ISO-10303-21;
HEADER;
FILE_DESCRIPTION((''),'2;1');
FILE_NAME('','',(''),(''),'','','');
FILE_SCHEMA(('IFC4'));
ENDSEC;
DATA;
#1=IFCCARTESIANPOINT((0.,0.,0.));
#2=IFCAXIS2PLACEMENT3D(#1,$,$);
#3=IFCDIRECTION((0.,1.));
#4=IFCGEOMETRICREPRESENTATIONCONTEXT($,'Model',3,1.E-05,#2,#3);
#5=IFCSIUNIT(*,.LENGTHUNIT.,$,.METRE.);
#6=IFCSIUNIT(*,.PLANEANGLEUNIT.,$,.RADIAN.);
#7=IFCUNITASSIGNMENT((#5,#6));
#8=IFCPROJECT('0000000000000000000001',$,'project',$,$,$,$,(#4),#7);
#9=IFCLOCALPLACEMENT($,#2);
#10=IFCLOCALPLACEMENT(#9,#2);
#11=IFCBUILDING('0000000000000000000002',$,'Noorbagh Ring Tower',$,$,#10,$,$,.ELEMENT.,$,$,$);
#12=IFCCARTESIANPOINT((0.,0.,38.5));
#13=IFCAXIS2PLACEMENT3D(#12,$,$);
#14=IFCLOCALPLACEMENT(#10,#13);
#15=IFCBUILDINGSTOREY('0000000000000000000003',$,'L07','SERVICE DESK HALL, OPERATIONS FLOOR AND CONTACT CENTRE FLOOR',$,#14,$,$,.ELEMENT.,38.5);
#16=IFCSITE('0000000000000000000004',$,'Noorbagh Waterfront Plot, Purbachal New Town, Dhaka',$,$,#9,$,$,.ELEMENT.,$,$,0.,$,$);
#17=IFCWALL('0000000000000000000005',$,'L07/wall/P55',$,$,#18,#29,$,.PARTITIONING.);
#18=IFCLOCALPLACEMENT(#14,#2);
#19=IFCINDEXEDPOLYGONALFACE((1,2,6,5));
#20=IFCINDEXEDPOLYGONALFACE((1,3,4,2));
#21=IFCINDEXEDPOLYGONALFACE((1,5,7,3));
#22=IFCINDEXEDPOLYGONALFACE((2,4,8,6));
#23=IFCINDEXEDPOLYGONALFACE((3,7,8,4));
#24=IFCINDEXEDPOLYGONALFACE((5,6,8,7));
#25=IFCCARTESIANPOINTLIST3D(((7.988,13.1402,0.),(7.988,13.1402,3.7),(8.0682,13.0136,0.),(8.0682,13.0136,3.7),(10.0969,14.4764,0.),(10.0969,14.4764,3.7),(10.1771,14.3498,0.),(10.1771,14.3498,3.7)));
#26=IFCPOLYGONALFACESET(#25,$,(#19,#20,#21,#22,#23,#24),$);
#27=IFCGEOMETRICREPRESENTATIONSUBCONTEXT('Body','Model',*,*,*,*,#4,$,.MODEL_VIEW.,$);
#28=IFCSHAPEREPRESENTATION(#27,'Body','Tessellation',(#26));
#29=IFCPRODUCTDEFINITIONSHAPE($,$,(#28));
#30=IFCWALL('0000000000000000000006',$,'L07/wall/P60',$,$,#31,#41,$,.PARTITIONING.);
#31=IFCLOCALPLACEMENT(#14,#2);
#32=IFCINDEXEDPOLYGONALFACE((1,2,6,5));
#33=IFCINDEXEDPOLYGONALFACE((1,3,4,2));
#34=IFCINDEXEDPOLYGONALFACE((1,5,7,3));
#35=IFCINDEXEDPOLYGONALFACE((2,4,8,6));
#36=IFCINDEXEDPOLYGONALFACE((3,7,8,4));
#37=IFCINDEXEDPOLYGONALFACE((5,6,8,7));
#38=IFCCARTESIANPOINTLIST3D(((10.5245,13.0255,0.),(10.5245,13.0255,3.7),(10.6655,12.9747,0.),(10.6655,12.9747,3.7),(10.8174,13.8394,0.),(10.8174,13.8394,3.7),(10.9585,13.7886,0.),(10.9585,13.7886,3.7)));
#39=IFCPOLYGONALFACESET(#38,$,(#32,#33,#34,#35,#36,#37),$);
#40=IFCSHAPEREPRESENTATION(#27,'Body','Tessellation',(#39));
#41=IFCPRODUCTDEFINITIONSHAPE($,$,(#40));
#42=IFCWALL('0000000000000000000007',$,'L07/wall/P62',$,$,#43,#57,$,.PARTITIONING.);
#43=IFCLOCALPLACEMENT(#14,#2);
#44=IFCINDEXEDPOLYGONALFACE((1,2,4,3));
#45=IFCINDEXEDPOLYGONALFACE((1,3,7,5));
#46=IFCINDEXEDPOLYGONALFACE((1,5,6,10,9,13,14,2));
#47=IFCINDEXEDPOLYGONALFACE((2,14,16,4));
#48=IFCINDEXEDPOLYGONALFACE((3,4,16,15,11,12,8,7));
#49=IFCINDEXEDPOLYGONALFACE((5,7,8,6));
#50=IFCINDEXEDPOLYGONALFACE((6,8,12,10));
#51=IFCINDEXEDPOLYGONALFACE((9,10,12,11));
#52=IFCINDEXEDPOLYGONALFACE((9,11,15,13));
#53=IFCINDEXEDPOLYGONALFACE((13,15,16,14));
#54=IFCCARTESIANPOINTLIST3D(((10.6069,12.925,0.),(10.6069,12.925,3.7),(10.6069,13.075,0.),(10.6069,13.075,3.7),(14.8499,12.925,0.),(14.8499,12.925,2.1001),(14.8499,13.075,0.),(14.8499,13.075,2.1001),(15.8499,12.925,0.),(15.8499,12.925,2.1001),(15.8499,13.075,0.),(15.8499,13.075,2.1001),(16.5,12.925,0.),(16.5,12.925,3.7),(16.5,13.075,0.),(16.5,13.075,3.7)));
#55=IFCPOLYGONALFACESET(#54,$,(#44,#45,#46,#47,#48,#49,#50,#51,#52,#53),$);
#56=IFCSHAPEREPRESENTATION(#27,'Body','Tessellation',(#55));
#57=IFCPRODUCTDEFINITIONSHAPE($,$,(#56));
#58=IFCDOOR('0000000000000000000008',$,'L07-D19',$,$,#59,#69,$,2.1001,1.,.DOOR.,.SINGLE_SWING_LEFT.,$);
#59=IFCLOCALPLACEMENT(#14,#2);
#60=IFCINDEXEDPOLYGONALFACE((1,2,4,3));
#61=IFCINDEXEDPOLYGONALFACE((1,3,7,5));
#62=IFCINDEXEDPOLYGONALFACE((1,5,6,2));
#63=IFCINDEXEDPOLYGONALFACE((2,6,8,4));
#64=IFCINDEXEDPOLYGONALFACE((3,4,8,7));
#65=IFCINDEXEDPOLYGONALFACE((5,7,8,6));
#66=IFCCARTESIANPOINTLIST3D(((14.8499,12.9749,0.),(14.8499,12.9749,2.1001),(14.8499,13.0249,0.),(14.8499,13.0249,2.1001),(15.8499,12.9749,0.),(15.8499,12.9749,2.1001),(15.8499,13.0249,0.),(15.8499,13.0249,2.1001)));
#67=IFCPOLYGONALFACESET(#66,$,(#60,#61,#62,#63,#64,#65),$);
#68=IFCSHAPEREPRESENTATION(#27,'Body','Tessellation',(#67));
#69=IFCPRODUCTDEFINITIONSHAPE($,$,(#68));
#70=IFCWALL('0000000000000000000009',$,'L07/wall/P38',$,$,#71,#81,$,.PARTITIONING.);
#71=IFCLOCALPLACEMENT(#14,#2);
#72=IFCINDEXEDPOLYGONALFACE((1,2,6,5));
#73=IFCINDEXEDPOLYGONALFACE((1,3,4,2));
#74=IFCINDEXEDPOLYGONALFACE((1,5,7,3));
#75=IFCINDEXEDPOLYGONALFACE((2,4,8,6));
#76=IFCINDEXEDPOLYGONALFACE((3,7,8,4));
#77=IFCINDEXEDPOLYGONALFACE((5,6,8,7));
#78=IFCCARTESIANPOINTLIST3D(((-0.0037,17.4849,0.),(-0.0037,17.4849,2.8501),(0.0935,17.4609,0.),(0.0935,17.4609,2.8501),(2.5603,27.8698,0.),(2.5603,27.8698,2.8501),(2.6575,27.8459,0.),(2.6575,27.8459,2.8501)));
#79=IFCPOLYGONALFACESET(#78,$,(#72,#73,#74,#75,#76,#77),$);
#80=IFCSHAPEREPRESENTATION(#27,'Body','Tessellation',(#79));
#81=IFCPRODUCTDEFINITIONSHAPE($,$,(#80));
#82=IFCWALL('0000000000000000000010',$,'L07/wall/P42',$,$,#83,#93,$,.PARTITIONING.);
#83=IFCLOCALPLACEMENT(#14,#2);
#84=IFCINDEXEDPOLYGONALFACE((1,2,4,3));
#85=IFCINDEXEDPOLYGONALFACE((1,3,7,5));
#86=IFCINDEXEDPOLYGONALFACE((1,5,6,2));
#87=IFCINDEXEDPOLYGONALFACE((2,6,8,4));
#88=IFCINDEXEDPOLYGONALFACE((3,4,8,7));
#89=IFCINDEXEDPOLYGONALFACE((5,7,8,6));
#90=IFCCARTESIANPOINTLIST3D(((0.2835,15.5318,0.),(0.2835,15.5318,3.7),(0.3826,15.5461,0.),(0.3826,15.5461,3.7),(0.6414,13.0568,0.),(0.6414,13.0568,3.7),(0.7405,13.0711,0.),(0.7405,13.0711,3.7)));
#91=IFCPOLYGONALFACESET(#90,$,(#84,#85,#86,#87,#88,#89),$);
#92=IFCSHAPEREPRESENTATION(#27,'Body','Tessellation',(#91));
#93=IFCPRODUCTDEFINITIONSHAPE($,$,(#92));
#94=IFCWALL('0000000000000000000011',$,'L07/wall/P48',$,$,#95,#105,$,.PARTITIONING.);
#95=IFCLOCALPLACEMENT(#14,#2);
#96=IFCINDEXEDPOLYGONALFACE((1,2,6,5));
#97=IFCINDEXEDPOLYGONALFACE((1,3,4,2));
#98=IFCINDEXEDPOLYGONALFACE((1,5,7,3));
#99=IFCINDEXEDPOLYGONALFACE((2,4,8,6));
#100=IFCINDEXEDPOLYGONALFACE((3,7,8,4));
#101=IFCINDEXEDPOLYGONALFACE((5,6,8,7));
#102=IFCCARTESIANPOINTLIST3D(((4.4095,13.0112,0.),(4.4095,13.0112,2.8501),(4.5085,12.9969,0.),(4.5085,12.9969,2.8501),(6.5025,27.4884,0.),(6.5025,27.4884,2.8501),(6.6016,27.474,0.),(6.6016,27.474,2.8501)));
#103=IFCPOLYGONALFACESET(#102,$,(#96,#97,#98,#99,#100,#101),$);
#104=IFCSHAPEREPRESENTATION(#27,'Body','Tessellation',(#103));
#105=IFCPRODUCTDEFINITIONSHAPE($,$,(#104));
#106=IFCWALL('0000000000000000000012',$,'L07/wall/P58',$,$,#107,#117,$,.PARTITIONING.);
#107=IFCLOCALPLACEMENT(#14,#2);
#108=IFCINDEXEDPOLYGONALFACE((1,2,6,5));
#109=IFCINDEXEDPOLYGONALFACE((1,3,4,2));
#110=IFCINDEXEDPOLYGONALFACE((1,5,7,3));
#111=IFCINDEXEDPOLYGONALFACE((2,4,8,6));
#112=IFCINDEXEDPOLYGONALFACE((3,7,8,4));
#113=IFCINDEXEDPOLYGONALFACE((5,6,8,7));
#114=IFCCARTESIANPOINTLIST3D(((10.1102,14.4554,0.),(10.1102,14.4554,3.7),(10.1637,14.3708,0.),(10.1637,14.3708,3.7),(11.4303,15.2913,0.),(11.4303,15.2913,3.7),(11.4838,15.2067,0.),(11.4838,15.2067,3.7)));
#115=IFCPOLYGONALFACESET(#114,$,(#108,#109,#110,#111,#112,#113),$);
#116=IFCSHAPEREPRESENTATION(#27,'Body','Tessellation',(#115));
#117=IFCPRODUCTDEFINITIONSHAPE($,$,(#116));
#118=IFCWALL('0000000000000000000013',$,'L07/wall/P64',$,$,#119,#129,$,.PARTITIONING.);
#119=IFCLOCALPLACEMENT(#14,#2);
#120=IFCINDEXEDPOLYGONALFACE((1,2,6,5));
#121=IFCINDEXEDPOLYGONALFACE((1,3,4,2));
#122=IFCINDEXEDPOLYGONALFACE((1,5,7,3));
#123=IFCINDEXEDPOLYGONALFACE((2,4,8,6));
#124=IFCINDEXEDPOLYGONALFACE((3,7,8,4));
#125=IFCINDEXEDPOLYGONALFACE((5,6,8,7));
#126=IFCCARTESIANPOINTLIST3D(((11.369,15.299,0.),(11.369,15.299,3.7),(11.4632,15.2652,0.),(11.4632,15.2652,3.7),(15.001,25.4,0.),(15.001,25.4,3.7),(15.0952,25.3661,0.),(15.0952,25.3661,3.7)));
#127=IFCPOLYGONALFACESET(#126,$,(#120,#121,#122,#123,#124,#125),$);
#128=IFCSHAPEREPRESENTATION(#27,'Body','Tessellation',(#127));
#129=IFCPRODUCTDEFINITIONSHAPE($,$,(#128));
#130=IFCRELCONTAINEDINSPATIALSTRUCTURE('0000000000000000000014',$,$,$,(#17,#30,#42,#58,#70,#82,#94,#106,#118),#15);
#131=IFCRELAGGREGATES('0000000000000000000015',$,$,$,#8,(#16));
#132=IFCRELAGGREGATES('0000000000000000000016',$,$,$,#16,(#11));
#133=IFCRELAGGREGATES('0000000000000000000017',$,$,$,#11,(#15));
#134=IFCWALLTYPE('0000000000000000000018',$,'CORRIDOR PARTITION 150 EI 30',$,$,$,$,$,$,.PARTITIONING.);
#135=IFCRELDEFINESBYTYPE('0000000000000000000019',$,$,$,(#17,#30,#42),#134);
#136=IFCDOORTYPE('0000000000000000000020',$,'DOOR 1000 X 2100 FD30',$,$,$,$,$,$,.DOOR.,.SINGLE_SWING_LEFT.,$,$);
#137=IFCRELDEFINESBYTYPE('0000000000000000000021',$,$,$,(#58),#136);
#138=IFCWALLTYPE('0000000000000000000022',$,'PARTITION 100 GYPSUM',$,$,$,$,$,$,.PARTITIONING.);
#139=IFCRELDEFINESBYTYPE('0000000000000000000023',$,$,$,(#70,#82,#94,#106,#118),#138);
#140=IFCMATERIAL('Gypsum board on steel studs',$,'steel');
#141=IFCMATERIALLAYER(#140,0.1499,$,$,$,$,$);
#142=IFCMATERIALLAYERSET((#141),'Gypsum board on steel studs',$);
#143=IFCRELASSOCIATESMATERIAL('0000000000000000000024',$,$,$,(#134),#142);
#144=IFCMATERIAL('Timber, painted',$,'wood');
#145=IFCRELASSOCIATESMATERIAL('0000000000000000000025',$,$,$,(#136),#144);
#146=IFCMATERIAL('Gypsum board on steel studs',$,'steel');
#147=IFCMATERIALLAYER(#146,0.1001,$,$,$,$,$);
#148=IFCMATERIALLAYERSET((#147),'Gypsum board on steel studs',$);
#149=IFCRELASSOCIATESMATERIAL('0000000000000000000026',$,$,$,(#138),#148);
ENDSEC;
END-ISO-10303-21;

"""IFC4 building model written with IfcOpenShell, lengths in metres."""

from ifc_helpers import new_model, si_unit, direction, frame, frame_2d, origin, place, context, subcontext, project, spatial, rectangle, extrude, material, layer, layer_set, type_object, element, fill, save


model = new_model("IFC4")

# Units and contexts
model_context = context("Model", 3, precision=1e-05, world=origin(), true_north=direction((0.0, 1.0)))
body_context = subcontext(model_context, "Body", "Model", "MODEL_VIEW")
ifc_project = project(units=[si_unit("LENGTHUNIT", "METRE"), si_unit("PLANEANGLEUNIT", "RADIAN")], contexts=[model_context])

# Site, building, storey
site_placement = place(None, origin())
site = spatial("IfcSite", under=ifc_project, at=site_placement, Name="Noorbagh Waterfront Plot, Purbachal New Town, Dhaka", CompositionType="ELEMENT", RefElevation=0.0)
building_placement = place(site_placement, origin())
building = spatial("IfcBuilding", under=site, at=building_placement, Name="Noorbagh Ring Tower", CompositionType="ELEMENT")
storey_placement = place(building_placement, frame((0.0, 0.0, 38.5)))
storey = spatial("IfcBuildingStorey", under=building, at=storey_placement, Name="L07", Description="SERVICE DESK HALL, OPERATIONS FLOOR AND CONTACT CENTRE FLOOR", CompositionType="ELEMENT", Elevation=38.5)

# Shared definitions
ifc_material_1 = material(Name="Gypsum board on steel studs", Category="steel")
ifc_layer_1 = layer(ifc_material_1, 0.1499)
ifc_layer_set_1 = layer_set([ifc_layer_1], Name="Gypsum board on steel studs")
wall_type_1 = type_object("IfcWallType", Name="CORRIDOR PARTITION 150 EI 30", PredefinedType="PARTITIONING", material=ifc_layer_set_1)
ifc_material_2 = material(Name="Timber, painted", Category="wood")
door_type = type_object("IfcDoorType", Name="DOOR 1000 X 2100 FD30", OperationType="SINGLE_SWING_LEFT", PredefinedType="DOOR", material=ifc_material_2)

# Walls
wall_1_placement = place(storey_placement, frame((8.0281, 13.0769, 0.0), z_axis=(0.0, 0.0, 1.0), x_axis=(0.844719, 0.53521, 0.0)))
element("IfcWall", 1, at=wall_1_placement, inside=storey, type_object=wall_type_1, Name="L07/wall/P55", PredefinedType="PARTITIONING", context=body_context, shape_type="SweptSolid", body=[
    extrude(rectangle(XDim=2.4966, YDim=0.1499, at=frame_2d((1.2483, 0.0))), origin(), (0.0, 0.0, 1.0), 3.7),
])
wall_2_placement = place(storey_placement, frame((10.595, 13.0, 0.0), z_axis=(0.0, 0.0, 1.0), x_axis=(0.33866, 0.940909, 0.0)))
element("IfcWall", 2, at=wall_2_placement, inside=storey, type_object=wall_type_1, Name="L07/wall/P60", PredefinedType="PARTITIONING", context=body_context, shape_type="SweptSolid", body=[
    extrude(rectangle(XDim=0.865, YDim=0.1499, at=frame_2d((0.4326, 0.0))), origin(), (0.0, 0.0, 1.0), 3.7),
])

# Wall, opening, door
wall_3_placement = place(storey_placement, frame((10.6069, 13.0, 0.0), z_axis=(0.0, 0.0, 1.0), x_axis=(1.0, 0.0, 0.0)))
wall_3 = element("IfcWall", 3, at=wall_3_placement, inside=storey, type_object=wall_type_1, Name="L07/wall/P62", PredefinedType="PARTITIONING", context=body_context, shape_type="SweptSolid", body=[
    extrude(rectangle(XDim=5.8931, YDim=0.1499, at=frame_2d((2.9465, 0.0))), origin(), (0.0, 0.0, 1.0), 3.7),
])
opening_1_placement = place(wall_3_placement, frame((4.2429, 0.0, 0.0)))
opening_1 = element("IfcOpeningElement", 4, at=opening_1_placement, cuts=wall_3, PredefinedType="OPENING", context=body_context, shape_type="SweptSolid", body=[
    extrude(rectangle(XDim=1.0, YDim=2.1001, at=frame_2d((0.5, 1.05))), frame((0.0, 0.085, 0.0), z_axis=(0.0, -1.0, 0.0), x_axis=(1.0, 0.0, 0.0)), (0.0, 0.0, 1.0), 0.1699),
])
door_1_placement = place(opening_1_placement, origin())
door_1 = element("IfcDoor", 5, at=door_1_placement, inside=storey, type_object=door_type, Name="L07-D19", OperationType="SINGLE_SWING_LEFT", OverallHeight=2.1001, OverallWidth=1.0, PredefinedType="DOOR", context=body_context, shape_type="SweptSolid", body=[
    extrude(rectangle(XDim=1.0, YDim=2.1001, at=frame_2d((0.5, 1.05))), frame((0.0, 0.0249, 0.0), z_axis=(0.0, -1.0, 0.0), x_axis=(1.0, 0.0, 0.0)), (0.0, 0.0, 1.0), 0.05),
])
fill(opening_1, door_1)

# Walls
ifc_material_3 = material(Name="Gypsum board on steel studs", Category="steel")
ifc_layer_2 = layer(ifc_material_3, 0.1001)
ifc_layer_set_2 = layer_set([ifc_layer_2], Name="Gypsum board on steel studs")
wall_type_2 = type_object("IfcWallType", Name="PARTITION 100 GYPSUM", PredefinedType="PARTITIONING", material=ifc_layer_set_2)
wall_4_placement = place(storey_placement, frame((0.0449, 17.4729, 0.0), z_axis=(0.0, 0.0, 1.0), x_axis=(0.239694, 0.970849, 0.0)))
element("IfcWall", 6, at=wall_4_placement, inside=storey, type_object=wall_type_2, Name="L07/wall/P38", PredefinedType="PARTITIONING", context=body_context, shape_type="SweptSolid", body=[
    extrude(rectangle(XDim=10.6968, YDim=0.1001, at=frame_2d((5.3484, 0.0))), origin(), (0.0, 0.0, 1.0), 2.8501),
])
wall_5_placement = place(storey_placement, frame((0.333, 15.5391, 0.0), z_axis=(0.0, 0.0, 1.0), x_axis=(0.143116, -0.989706, 0.0)))
element("IfcWall", 7, at=wall_5_placement, inside=storey, type_object=wall_type_2, Name="L07/wall/P42", PredefinedType="PARTITIONING", context=body_context, shape_type="SweptSolid", body=[
    extrude(rectangle(XDim=2.5007, YDim=0.1001, at=frame_2d((1.2505, 0.0))), origin(), (0.0, 0.0, 1.0), 3.7),
])
wall_6_placement = place(storey_placement, frame((4.459, 13.0039, 0.0), z_axis=(0.0, 0.0, 1.0), x_axis=(0.143087, 0.98971, 0.0)))
element("IfcWall", 8, at=wall_6_placement, inside=storey, type_object=wall_type_2, Name="L07/wall/P48", PredefinedType="PARTITIONING", context=body_context, shape_type="SweptSolid", body=[
    extrude(rectangle(XDim=14.6277, YDim=0.1001, at=frame_2d((7.314, 0.0))), origin(), (0.0, 0.0, 1.0), 2.8501),
])
wall_7_placement = place(storey_placement, frame((10.137, 14.4131, 0.0), z_axis=(0.0, 0.0, 1.0), x_axis=(0.84485, 0.535004, 0.0)))
element("IfcWall", 9, at=wall_7_placement, inside=storey, type_object=wall_type_2, Name="L07/wall/P58", PredefinedType="PARTITIONING", context=body_context, shape_type="SweptSolid", body=[
    extrude(rectangle(XDim=1.5625, YDim=0.1001, at=frame_2d((0.7812, 0.0))), origin(), (0.0, 0.0, 1.0), 3.7),
])
wall_8_placement = place(storey_placement, frame((11.416, 15.282, 0.0), z_axis=(0.0, 0.0, 1.0), x_axis=(0.338364, 0.941015, 0.0)))
element("IfcWall", 10, at=wall_8_placement, inside=storey, type_object=wall_type_2, Name="L07/wall/P64", PredefinedType="PARTITIONING", context=body_context, shape_type="SweptSolid", body=[
    extrude(rectangle(XDim=10.7341, YDim=0.1001, at=frame_2d((5.3672, 0.0))), origin(), (0.0, 0.0, 1.0), 3.7),
])

save(model, "model.ifc")
